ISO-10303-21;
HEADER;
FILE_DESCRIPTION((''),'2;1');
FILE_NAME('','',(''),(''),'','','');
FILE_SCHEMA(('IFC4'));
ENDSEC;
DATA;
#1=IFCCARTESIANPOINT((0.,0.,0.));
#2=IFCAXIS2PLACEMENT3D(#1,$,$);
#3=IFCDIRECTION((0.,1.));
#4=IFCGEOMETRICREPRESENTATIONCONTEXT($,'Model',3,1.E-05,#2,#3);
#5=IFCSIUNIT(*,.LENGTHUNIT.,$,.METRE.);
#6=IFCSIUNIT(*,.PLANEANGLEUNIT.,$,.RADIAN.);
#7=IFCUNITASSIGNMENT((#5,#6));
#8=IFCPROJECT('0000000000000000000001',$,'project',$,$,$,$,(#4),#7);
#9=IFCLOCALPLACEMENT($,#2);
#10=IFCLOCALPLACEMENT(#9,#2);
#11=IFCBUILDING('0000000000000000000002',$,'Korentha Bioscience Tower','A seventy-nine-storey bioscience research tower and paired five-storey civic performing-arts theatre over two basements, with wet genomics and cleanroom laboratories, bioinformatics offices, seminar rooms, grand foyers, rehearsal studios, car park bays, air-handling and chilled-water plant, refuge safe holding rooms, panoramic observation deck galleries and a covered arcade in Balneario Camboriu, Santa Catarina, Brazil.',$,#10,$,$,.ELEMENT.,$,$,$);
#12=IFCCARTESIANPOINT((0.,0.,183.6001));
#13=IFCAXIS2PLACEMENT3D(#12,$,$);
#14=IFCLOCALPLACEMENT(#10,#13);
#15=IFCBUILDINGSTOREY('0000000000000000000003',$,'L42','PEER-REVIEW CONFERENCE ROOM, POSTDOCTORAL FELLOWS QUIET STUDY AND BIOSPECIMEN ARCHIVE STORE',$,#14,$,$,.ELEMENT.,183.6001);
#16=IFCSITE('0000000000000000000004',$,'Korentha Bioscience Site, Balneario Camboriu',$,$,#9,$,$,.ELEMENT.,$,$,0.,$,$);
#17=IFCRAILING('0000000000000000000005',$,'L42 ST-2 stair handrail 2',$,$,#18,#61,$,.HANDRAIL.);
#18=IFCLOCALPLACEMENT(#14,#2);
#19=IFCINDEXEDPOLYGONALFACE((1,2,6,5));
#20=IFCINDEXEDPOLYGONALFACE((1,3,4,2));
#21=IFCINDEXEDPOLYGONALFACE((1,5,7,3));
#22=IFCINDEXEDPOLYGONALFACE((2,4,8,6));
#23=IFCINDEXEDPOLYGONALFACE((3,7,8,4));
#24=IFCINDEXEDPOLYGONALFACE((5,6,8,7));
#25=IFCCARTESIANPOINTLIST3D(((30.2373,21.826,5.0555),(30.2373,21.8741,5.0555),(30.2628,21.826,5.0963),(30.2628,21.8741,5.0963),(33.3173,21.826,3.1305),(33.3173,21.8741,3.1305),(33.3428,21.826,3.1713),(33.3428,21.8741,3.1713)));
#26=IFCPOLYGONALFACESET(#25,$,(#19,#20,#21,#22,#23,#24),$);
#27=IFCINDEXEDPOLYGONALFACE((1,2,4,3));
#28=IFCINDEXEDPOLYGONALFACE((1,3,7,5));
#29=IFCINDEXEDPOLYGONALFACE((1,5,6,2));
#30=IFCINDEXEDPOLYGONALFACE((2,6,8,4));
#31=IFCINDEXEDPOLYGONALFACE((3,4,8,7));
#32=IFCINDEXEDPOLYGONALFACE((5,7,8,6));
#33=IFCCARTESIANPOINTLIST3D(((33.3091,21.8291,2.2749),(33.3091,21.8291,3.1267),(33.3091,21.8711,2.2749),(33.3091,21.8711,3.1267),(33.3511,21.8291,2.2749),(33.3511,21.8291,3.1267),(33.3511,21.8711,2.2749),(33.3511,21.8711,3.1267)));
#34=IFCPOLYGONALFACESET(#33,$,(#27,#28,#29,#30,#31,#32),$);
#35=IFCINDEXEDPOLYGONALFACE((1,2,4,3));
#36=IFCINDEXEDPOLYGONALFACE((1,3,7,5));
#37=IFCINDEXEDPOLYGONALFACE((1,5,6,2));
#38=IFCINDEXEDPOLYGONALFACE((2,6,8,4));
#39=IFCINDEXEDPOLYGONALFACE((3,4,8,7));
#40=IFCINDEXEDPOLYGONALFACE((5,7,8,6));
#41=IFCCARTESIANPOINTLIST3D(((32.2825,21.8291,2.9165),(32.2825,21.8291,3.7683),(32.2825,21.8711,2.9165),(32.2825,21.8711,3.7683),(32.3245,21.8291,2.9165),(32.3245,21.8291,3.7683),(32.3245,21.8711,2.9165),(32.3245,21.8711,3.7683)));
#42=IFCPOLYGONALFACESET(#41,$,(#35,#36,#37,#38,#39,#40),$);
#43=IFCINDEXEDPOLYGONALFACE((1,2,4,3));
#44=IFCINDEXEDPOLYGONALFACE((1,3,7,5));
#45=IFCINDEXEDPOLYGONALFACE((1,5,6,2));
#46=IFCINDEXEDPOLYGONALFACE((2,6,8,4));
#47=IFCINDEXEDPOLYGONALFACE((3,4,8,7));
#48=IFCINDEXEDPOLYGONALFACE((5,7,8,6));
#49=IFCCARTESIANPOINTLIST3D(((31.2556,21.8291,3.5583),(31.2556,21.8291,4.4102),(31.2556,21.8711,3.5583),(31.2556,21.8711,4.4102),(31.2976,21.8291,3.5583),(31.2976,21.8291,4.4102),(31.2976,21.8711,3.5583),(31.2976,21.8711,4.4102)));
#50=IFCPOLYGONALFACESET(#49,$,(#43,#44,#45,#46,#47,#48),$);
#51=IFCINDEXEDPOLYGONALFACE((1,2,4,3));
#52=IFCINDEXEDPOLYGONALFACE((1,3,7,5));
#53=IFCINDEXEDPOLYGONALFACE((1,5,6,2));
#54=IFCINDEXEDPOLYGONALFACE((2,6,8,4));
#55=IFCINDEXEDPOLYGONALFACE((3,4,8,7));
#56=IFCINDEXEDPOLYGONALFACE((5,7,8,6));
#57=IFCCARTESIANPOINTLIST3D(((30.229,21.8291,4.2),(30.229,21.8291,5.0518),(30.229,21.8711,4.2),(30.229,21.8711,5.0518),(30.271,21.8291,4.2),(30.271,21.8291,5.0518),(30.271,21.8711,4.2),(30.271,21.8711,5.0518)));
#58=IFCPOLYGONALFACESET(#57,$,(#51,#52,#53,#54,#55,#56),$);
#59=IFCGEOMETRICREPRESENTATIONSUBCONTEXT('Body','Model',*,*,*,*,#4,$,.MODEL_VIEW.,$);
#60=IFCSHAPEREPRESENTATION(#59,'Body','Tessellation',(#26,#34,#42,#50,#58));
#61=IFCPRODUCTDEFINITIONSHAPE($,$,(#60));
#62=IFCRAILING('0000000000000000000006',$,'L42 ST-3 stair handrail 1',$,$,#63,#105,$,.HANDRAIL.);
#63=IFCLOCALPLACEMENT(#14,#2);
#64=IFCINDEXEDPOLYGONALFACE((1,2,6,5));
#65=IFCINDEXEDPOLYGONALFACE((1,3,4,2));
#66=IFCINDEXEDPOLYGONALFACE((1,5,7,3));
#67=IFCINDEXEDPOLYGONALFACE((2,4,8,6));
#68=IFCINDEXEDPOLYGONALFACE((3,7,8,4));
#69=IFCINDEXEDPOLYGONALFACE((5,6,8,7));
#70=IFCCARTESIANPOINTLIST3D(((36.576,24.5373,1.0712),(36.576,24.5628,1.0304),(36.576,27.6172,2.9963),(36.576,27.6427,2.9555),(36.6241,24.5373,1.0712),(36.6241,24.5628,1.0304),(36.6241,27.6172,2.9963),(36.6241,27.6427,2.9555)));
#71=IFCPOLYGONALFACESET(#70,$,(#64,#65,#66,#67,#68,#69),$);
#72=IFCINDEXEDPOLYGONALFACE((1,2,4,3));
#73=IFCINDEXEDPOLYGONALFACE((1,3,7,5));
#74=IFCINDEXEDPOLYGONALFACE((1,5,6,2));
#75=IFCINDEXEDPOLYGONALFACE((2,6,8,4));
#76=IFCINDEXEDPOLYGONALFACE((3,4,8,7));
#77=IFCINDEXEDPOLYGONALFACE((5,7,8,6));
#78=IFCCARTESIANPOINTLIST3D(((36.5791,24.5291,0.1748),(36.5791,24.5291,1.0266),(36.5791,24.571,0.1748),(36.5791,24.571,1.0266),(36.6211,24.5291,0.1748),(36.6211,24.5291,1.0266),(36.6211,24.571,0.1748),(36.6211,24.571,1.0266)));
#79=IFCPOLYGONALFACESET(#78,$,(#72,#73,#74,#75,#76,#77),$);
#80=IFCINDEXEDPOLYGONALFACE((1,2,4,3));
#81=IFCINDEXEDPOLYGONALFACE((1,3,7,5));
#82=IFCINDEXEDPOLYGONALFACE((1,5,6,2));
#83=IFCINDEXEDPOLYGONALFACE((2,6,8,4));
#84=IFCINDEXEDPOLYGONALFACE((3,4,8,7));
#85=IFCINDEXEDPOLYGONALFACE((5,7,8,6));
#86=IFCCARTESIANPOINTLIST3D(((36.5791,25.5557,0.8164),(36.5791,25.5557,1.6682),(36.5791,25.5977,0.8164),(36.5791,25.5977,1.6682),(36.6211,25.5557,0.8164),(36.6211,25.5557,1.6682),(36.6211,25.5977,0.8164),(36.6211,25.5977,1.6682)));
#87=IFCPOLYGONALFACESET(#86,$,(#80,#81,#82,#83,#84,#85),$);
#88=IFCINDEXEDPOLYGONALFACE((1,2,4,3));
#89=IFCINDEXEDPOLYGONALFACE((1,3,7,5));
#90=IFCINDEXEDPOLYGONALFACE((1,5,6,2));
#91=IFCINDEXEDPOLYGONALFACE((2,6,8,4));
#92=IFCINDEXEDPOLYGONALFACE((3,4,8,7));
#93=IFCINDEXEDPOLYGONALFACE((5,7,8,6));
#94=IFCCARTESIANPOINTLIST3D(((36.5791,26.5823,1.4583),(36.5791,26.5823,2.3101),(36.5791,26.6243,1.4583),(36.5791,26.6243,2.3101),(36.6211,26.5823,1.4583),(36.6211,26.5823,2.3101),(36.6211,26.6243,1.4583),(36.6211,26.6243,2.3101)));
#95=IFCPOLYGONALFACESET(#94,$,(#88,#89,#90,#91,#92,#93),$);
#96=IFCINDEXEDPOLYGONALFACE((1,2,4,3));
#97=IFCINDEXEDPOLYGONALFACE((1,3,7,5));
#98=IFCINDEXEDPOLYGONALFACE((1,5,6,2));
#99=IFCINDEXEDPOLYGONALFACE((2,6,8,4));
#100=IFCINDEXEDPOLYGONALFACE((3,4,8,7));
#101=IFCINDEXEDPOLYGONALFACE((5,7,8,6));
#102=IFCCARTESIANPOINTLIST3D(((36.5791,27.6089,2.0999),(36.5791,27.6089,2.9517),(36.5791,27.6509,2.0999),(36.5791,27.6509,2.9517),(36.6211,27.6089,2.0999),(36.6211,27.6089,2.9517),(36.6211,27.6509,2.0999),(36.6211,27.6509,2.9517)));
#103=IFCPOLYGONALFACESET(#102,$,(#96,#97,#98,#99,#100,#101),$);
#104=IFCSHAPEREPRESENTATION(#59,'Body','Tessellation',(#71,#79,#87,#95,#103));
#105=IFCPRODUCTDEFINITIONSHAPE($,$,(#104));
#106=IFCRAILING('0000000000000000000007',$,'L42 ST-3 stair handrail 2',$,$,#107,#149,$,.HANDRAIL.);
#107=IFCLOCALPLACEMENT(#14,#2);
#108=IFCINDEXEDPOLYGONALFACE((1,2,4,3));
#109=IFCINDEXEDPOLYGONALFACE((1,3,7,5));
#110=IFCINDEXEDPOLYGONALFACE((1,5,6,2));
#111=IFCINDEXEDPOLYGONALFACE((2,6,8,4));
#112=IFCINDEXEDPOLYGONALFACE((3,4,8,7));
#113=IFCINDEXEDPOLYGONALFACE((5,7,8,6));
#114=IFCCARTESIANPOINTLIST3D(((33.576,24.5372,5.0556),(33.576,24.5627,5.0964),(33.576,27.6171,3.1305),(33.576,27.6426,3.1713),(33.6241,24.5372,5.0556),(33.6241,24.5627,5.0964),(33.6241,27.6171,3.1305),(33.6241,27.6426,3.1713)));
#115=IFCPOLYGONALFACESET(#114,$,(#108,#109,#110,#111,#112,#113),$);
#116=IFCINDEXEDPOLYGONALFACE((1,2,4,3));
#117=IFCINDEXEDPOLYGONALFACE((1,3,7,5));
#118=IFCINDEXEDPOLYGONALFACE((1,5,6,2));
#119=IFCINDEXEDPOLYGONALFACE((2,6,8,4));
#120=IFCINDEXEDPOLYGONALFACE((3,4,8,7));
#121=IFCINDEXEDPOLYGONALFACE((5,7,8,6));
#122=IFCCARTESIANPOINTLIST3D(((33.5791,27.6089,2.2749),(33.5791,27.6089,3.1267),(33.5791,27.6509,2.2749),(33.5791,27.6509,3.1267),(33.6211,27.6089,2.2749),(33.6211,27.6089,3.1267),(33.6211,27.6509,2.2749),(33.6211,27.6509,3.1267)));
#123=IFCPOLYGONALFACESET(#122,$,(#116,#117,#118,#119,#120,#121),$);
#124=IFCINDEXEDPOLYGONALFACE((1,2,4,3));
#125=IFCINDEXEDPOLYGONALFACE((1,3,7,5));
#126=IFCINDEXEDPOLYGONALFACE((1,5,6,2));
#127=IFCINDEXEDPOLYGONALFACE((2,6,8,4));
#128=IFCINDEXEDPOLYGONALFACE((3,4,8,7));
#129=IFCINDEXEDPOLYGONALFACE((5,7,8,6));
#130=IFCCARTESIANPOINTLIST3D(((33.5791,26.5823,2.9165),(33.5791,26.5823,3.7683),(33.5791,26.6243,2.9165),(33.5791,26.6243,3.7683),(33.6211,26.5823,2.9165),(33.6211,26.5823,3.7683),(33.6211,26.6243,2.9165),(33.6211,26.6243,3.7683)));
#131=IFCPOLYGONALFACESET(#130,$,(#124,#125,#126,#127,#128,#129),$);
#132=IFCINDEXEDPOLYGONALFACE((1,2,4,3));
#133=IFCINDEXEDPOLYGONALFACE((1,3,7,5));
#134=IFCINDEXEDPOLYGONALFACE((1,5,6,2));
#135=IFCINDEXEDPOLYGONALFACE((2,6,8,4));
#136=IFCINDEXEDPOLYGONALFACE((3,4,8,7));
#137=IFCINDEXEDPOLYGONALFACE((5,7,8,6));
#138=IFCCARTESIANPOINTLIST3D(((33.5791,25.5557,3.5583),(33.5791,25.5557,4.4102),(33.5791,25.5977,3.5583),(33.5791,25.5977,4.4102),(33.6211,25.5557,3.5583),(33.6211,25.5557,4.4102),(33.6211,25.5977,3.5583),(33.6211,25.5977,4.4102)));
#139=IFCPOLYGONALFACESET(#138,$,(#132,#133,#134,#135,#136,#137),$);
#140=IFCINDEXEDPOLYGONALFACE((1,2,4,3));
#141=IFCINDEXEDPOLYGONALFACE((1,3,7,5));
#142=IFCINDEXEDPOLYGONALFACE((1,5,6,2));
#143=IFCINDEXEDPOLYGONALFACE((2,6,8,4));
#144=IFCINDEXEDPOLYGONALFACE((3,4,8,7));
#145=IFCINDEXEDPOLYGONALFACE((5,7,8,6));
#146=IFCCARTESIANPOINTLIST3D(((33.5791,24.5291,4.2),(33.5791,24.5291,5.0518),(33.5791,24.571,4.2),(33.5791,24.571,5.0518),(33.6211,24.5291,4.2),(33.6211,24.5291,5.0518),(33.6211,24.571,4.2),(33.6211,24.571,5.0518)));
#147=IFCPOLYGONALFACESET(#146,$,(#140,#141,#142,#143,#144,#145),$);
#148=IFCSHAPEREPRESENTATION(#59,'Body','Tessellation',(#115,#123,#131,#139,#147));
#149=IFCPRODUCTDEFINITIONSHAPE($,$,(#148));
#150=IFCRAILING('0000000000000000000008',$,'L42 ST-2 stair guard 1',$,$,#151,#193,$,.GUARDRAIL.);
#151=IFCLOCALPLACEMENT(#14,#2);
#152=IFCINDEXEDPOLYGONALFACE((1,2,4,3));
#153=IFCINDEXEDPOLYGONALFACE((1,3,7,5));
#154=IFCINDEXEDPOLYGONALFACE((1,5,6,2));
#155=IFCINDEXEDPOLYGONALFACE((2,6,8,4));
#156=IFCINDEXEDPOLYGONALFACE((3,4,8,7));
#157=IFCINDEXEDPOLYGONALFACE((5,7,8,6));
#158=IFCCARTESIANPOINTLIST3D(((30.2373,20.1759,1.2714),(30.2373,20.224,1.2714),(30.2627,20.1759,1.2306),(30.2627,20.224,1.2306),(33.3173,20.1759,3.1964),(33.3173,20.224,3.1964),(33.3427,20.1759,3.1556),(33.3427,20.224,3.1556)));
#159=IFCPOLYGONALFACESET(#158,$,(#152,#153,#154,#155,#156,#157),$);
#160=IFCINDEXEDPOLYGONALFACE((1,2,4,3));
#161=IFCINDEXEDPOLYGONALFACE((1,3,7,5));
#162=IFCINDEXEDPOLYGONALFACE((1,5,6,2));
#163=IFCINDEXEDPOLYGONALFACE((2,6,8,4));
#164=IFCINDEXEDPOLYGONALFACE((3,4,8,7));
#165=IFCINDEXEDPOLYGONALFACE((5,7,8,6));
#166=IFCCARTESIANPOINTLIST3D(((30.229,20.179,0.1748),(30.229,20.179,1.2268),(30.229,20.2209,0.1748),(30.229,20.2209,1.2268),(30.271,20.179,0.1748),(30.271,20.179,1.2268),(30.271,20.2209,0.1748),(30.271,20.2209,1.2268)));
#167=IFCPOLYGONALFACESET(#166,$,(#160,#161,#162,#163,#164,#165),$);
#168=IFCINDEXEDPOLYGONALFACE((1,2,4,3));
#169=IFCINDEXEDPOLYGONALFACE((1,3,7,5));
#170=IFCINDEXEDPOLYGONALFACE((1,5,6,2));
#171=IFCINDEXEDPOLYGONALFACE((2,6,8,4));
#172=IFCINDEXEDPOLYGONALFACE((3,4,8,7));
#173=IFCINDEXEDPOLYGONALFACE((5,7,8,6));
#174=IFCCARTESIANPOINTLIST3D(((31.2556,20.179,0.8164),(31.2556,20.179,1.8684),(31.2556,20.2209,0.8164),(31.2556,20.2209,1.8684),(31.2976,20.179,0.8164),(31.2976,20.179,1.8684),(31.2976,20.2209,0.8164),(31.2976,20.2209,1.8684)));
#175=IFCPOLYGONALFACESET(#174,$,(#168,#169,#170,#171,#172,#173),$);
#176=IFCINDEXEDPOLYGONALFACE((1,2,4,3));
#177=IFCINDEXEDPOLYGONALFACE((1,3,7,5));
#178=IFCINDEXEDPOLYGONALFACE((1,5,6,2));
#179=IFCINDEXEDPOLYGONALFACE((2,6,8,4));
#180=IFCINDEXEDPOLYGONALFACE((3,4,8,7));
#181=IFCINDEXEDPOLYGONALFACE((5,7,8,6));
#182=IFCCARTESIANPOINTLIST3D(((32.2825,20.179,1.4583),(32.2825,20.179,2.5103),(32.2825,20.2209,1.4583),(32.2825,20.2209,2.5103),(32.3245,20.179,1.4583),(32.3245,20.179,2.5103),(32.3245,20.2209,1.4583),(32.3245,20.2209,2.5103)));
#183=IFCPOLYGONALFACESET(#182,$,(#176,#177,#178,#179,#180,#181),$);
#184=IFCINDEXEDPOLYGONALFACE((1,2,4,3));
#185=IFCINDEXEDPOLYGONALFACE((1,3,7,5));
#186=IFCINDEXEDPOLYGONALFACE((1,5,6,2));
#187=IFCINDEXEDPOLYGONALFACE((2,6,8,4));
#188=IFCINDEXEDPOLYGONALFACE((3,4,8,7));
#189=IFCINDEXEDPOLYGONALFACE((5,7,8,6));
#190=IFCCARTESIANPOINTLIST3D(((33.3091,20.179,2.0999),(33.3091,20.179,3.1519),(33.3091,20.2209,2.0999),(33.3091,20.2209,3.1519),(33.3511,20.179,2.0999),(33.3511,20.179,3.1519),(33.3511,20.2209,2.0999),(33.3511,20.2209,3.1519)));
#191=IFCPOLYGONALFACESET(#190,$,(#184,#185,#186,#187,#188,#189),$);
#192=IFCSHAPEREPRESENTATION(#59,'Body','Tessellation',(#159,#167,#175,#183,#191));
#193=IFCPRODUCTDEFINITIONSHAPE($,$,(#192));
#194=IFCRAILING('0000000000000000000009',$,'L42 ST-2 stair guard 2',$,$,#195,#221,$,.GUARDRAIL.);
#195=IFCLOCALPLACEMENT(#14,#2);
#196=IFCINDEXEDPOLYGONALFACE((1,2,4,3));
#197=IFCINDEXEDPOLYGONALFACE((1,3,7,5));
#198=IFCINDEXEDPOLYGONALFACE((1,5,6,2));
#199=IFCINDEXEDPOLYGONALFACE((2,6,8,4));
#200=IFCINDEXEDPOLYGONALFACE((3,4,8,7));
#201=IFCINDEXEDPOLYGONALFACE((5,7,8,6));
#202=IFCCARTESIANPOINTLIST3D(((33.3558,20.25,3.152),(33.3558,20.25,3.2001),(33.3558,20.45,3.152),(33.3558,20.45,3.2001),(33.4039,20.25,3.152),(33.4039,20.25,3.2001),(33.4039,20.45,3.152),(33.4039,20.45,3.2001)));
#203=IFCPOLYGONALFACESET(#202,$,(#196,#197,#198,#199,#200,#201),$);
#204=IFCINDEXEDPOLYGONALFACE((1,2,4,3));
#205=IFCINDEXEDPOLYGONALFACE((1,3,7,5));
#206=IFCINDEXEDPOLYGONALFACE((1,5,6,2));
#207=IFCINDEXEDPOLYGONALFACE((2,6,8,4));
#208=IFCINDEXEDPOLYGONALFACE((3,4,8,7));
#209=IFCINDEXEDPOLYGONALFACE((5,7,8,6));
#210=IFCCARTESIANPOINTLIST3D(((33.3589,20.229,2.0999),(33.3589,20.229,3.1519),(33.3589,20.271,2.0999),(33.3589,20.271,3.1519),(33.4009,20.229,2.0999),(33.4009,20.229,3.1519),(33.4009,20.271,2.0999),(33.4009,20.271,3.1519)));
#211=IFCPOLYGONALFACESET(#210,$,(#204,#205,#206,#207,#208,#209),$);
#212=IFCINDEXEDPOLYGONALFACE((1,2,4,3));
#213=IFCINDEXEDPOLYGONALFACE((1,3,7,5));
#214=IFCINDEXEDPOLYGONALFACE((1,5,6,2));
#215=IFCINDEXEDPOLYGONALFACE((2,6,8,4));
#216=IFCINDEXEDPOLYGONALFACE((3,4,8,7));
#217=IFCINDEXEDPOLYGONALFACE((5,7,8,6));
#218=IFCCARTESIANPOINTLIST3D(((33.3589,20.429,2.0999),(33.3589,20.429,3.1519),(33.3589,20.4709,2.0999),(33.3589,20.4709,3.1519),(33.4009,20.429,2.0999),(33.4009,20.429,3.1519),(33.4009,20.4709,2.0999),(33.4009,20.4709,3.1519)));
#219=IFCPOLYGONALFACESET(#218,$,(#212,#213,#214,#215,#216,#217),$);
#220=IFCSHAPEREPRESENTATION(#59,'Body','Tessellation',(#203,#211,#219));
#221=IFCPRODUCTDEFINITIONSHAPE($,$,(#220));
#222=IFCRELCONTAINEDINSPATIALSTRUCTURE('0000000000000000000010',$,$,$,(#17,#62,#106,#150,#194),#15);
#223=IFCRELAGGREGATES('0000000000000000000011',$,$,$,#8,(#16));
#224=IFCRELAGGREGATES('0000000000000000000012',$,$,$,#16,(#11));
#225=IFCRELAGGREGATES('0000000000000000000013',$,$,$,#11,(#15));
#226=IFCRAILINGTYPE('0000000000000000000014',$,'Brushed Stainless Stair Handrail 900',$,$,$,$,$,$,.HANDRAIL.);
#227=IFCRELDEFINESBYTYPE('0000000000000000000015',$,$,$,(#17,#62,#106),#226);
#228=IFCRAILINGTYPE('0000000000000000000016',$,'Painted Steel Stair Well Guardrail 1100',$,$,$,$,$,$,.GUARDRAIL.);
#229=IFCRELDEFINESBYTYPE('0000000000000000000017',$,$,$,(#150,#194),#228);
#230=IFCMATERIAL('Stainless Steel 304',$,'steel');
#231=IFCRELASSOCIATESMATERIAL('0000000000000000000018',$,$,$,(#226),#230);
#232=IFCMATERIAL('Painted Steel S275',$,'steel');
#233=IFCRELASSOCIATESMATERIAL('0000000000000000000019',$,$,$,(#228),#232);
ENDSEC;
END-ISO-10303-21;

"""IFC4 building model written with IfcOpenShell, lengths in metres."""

from ifc_helpers import new_model, si_unit, direction, frame, origin, origin_2d, place, context, subcontext, project, spatial, rectangle, extrude, material, type_object, element, save


model = new_model("IFC4")

# Units and contexts
model_context = context("Model", 3, precision=1e-05, world=origin(), true_north=direction((0.0, 1.0)))
body_context = subcontext(model_context, "Body", "Model", "MODEL_VIEW")
ifc_project = project(units=[si_unit("LENGTHUNIT", "METRE"), si_unit("PLANEANGLEUNIT", "RADIAN")], contexts=[model_context])

# Site, building, storey
site_placement = place(None, origin())
site = spatial("IfcSite", under=ifc_project, at=site_placement, Name="Korentha Bioscience Site, Balneario Camboriu", CompositionType="ELEMENT", RefElevation=0.0)
building_placement = place(site_placement, origin())
building = spatial("IfcBuilding", under=site, at=building_placement, Name="Korentha Bioscience Tower", Description="A seventy-nine-storey bioscience research tower and paired five-storey civic performing-arts theatre over two basements, with wet genomics and cleanroom laboratories, bioinformatics offices, seminar rooms, grand foyers, rehearsal studios, car park bays, air-handling and chilled-water plant, refuge safe holding rooms, panoramic observation deck galleries and a covered arcade in Balneario Camboriu, Santa Catarina, Brazil.", CompositionType="ELEMENT")
storey_placement = place(building_placement, frame((0.0, 0.0, 183.6001)))
storey = spatial("IfcBuildingStorey", under=building, at=storey_placement, Name="L42", Description="PEER-REVIEW CONFERENCE ROOM, POSTDOCTORAL FELLOWS QUIET STUDY AND BIOSPECIMEN ARCHIVE STORE", CompositionType="ELEMENT", Elevation=183.6001)

# Railings
ifc_material_1 = material(Name="Stainless Steel 304", Category="steel")
railing_type_1 = type_object("IfcRailingType", Name="Brushed Stainless Stair Handrail 900", PredefinedType="HANDRAIL", material=ifc_material_1)
railing_1_placement = place(storey_placement, frame((33.3301, 21.8501, 2.2749)))
element("IfcRailing", 1, at=railing_1_placement, inside=storey, type_object=railing_type_1, Name="L42 ST-2 stair handrail 2", PredefinedType="HANDRAIL", context=body_context, shape_type="SweptSolid", body=[
    extrude(rectangle(XDim=0.0481, YDim=0.0481, at=origin_2d()), frame((0.0, 0.0, 0.876), z_axis=(-0.847998, 0.0, 0.529999), x_axis=(0.0, -1.0, 0.0)), (0.0, 0.0, 1.0), 3.6321),
    extrude(rectangle(XDim=0.042, YDim=0.042, at=origin_2d()), origin(), (0.0, 0.0, 1.0), 0.8518),
    extrude(rectangle(XDim=0.042, YDim=0.042, at=origin_2d()), frame((-1.0266, 0.0, 0.6416)), (0.0, 0.0, 1.0), 0.8518),
    extrude(rectangle(XDim=0.042, YDim=0.042, at=origin_2d()), frame((-2.0535, 0.0, 1.2834)), (0.0, 0.0, 1.0), 0.8518),
    extrude(rectangle(XDim=0.042, YDim=0.042, at=origin_2d()), frame((-3.0801, 0.0, 1.925)), (0.0, 0.0, 1.0), 0.8518),
])
railing_2_placement = place(storey_placement, frame((36.6001, 24.55, 0.1748)))
element("IfcRailing", 2, at=railing_2_placement, inside=storey, type_object=railing_type_1, Name="L42 ST-3 stair handrail 1", PredefinedType="HANDRAIL", context=body_context, shape_type="SweptSolid", body=[
    extrude(rectangle(XDim=0.0481, YDim=0.0481, at=origin_2d()), frame((0.0, 0.0, 0.876), z_axis=(0.0, 0.847979, 0.530029), x_axis=(-1.0, 0.0, 0.0)), (0.0, 0.0, 1.0), 3.6321),
    extrude(rectangle(XDim=0.042, YDim=0.042, at=origin_2d()), origin(), (0.0, 0.0, 1.0), 0.8518),
    extrude(rectangle(XDim=0.042, YDim=0.042, at=origin_2d()), frame((0.0, 1.0266, 0.6416)), (0.0, 0.0, 1.0), 0.8518),
    extrude(rectangle(XDim=0.042, YDim=0.042, at=origin_2d()), frame((0.0, 2.0532, 1.2834)), (0.0, 0.0, 1.0), 0.8518),
    extrude(rectangle(XDim=0.042, YDim=0.042, at=origin_2d()), frame((0.0, 3.0798, 1.925)), (0.0, 0.0, 1.0), 0.8518),
])
railing_3_placement = place(storey_placement, frame((33.6001, 27.6299, 2.2749)))
element("IfcRailing", 3, at=railing_3_placement, inside=storey, type_object=railing_type_1, Name="L42 ST-3 stair handrail 2", PredefinedType="HANDRAIL", context=body_context, shape_type="SweptSolid", body=[
    extrude(rectangle(XDim=0.0481, YDim=0.0481, at=origin_2d()), frame((0.0, 0.0, 0.876), z_axis=(0.0, -0.847979, 0.530029), x_axis=(1.0, 0.0, 0.0)), (0.0, 0.0, 1.0), 3.6321),
    extrude(rectangle(XDim=0.042, YDim=0.042, at=origin_2d()), origin(), (0.0, 0.0, 1.0), 0.8518),
    extrude(rectangle(XDim=0.042, YDim=0.042, at=origin_2d()), frame((0.0, -1.0266, 0.6416)), (0.0, 0.0, 1.0), 0.8518),
    extrude(rectangle(XDim=0.042, YDim=0.042, at=origin_2d()), frame((0.0, -2.0532, 1.2834)), (0.0, 0.0, 1.0), 0.8518),
    extrude(rectangle(XDim=0.042, YDim=0.042, at=origin_2d()), frame((0.0, -3.0798, 1.925)), (0.0, 0.0, 1.0), 0.8518),
])
ifc_material_2 = material(Name="Painted Steel S275", Category="steel")
railing_type_2 = type_object("IfcRailingType", Name="Painted Steel Stair Well Guardrail 1100", PredefinedType="GUARDRAIL", material=ifc_material_2)
railing_4_placement = place(storey_placement, frame((30.25, 20.2, 0.1748)))
element("IfcRailing", 4, at=railing_4_placement, inside=storey, type_object=railing_type_2, Name="L42 ST-2 stair guard 1", PredefinedType="GUARDRAIL", context=body_context, shape_type="SweptSolid", body=[
    extrude(rectangle(XDim=0.0481, YDim=0.0481, at=origin_2d()), frame((0.0, 0.0, 1.0762), z_axis=(0.847998, 0.0, 0.529999), x_axis=(0.0, 1.0, 0.0)), (0.0, 0.0, 1.0), 3.6321),
    extrude(rectangle(XDim=0.042, YDim=0.042, at=origin_2d()), origin(), (0.0, 0.0, 1.0), 1.052),
    extrude(rectangle(XDim=0.042, YDim=0.042, at=origin_2d()), frame((1.0266, 0.0, 0.6416)), (0.0, 0.0, 1.0), 1.052),
    extrude(rectangle(XDim=0.042, YDim=0.042, at=origin_2d()), frame((2.0535, 0.0, 1.2834)), (0.0, 0.0, 1.0), 1.052),
    extrude(rectangle(XDim=0.042, YDim=0.042, at=origin_2d()), frame((3.0801, 0.0, 1.925)), (0.0, 0.0, 1.0), 1.052),
])
railing_5_placement = place(storey_placement, frame((33.3799, 20.25, 2.0999)))
element("IfcRailing", 5, at=railing_5_placement, inside=storey, type_object=railing_type_2, Name="L42 ST-2 stair guard 2", PredefinedType="GUARDRAIL", context=body_context, shape_type="SweptSolid", body=[
    extrude(rectangle(XDim=0.0481, YDim=0.0481, at=origin_2d()), frame((0.0, 0.0, 1.0762), z_axis=(0.0, 1.0, 0.0), x_axis=(-1.0, 0.0, 0.0)), (0.0, 0.0, 1.0), 0.2),
    extrude(rectangle(XDim=0.042, YDim=0.042, at=origin_2d()), origin(), (0.0, 0.0, 1.0), 1.052),
    extrude(rectangle(XDim=0.042, YDim=0.042, at=origin_2d()), frame((0.0, 0.2, 0.0)), (0.0, 0.0, 1.0), 1.052),
])

save(model, "model.ifc")
